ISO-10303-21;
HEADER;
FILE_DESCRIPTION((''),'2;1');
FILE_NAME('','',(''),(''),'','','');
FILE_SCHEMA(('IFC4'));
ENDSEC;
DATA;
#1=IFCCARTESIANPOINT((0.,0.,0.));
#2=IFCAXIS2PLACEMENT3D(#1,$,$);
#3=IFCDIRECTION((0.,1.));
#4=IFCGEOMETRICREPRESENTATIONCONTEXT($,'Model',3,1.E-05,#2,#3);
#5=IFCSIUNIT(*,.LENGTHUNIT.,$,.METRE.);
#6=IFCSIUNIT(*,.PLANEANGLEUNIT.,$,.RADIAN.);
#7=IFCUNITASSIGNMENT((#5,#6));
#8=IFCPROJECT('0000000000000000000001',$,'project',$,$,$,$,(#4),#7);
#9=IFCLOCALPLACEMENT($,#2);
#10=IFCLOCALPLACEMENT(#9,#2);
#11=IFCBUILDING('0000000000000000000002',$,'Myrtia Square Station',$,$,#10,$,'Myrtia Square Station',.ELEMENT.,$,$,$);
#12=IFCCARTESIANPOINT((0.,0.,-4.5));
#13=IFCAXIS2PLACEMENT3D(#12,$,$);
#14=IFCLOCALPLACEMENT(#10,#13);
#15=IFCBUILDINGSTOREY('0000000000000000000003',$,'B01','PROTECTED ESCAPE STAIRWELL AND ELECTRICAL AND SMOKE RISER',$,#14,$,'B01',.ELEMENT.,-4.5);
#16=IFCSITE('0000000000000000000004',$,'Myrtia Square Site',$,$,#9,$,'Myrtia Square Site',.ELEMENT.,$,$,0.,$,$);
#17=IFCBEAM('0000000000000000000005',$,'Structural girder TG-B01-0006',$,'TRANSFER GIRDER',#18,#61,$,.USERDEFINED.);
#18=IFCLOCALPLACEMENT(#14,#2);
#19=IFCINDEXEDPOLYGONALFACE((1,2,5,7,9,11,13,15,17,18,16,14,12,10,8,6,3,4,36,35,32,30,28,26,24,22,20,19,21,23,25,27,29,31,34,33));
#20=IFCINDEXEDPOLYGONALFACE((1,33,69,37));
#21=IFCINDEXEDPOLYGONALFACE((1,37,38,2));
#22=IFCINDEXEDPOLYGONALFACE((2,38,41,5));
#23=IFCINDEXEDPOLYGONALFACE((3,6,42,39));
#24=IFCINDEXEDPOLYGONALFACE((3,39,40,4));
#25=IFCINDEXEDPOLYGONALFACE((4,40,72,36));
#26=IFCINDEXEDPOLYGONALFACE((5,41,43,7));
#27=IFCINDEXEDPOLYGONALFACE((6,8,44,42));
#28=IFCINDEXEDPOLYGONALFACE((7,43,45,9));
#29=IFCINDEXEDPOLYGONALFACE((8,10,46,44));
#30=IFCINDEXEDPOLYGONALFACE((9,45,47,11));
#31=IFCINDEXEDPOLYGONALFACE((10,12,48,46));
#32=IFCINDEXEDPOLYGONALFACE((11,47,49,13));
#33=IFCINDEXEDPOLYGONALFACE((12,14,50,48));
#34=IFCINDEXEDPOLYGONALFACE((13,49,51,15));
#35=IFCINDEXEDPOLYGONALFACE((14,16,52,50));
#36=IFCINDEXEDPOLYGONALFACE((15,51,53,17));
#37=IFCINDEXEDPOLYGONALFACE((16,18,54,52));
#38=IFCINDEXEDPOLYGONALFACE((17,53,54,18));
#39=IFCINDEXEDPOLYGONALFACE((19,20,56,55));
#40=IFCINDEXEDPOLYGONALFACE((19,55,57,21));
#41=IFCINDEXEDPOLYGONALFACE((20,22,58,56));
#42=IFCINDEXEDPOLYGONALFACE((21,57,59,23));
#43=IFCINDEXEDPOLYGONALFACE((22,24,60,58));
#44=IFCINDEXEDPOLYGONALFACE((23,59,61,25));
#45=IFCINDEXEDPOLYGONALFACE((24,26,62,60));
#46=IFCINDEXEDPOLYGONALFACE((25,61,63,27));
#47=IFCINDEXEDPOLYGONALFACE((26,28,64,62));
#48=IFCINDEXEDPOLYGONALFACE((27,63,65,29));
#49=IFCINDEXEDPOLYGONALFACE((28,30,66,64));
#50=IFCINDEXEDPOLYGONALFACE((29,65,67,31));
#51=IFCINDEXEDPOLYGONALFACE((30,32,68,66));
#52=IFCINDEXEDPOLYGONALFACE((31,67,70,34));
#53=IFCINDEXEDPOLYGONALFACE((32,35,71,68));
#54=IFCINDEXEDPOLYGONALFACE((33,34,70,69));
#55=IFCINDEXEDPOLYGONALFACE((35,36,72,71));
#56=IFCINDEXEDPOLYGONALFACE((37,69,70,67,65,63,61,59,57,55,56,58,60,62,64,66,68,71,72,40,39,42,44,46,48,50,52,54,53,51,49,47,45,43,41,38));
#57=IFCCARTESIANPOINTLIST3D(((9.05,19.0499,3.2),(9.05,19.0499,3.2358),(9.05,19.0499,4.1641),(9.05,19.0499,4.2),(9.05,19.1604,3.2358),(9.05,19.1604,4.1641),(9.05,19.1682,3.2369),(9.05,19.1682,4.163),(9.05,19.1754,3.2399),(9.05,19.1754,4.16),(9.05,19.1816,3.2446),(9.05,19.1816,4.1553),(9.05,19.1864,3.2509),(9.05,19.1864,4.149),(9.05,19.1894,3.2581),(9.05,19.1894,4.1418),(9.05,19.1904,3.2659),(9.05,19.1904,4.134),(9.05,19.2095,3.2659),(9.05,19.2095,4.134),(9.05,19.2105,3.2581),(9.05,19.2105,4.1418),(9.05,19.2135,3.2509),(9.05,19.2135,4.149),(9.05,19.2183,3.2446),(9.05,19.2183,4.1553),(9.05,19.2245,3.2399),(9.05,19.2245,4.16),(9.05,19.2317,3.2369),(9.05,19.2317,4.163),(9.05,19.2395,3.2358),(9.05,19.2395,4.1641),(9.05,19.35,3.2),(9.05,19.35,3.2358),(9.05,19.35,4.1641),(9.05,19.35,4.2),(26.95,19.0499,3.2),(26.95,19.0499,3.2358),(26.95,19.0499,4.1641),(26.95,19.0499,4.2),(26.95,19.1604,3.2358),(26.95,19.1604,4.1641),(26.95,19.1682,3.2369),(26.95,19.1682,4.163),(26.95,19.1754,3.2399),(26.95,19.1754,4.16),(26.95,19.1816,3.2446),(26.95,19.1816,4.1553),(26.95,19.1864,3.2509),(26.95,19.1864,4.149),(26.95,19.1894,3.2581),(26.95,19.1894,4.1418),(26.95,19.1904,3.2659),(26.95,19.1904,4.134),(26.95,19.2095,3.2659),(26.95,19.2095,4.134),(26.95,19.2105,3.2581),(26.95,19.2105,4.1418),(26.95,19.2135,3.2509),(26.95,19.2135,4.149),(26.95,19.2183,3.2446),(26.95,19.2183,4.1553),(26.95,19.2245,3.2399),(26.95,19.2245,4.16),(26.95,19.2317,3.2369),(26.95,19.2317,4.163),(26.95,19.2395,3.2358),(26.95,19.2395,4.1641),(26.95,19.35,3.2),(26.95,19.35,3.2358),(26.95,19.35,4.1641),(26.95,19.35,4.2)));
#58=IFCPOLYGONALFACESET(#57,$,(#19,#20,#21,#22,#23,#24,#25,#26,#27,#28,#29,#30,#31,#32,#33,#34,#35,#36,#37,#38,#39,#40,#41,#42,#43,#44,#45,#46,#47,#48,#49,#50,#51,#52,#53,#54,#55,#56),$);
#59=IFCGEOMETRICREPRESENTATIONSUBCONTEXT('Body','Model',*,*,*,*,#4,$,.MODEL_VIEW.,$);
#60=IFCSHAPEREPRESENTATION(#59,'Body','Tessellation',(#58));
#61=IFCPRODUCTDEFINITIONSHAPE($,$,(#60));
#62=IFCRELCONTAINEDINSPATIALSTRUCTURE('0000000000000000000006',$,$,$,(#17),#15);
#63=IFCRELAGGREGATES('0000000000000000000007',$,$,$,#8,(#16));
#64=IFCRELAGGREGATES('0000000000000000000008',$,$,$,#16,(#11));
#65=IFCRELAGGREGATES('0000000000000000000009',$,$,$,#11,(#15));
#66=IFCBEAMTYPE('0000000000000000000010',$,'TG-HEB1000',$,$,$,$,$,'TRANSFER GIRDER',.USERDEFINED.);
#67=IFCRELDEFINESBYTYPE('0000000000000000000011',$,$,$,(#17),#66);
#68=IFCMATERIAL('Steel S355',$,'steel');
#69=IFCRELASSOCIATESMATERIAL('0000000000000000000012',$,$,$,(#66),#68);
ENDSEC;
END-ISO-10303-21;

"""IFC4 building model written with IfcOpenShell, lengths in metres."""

from ifc_helpers import new_model, si_unit, direction, frame, origin, origin_2d, place, context, subcontext, project, spatial, i_section, extrude, material, material_profile, profile_set, type_object, element, save


model = new_model("IFC4")

# Units and contexts
model_context = context("Model", 3, precision=1e-05, world=origin(), true_north=direction((0.0, 1.0)))
body_context = subcontext(model_context, "Body", "Model", "MODEL_VIEW")
ifc_project = project(units=[si_unit("LENGTHUNIT", "METRE"), si_unit("PLANEANGLEUNIT", "RADIAN")], contexts=[model_context])

# Site, building, storey
site_placement = place(None, origin())
site = spatial("IfcSite", under=ifc_project, at=site_placement, Name="Myrtia Square Site", LongName="Myrtia Square Site", CompositionType="ELEMENT", RefElevation=0.0)
building_placement = place(site_placement, origin())
building = spatial("IfcBuilding", under=site, at=building_placement, Name="Myrtia Square Station", LongName="Myrtia Square Station", CompositionType="ELEMENT")
storey_placement = place(building_placement, frame((0.0, 0.0, -4.5)))
storey = spatial("IfcBuildingStorey", under=building, at=storey_placement, Name="B01", Description="PROTECTED ESCAPE STAIRWELL AND ELECTRICAL AND SMOKE RISER", LongName="B01", CompositionType="ELEMENT", Elevation=-4.5)

# Beam
ifc_material_1 = material(Name="Steel S355", Category="steel")
ifc_material_profile_1 = material_profile(ifc_material_1, i_section(OverallWidth=0.3, OverallDepth=1.0, WebThickness=0.019, FlangeThickness=0.0359, FilletRadius=0.03, at=origin_2d()), Name="HEB 1000")
ifc_profile_set_1 = profile_set([ifc_material_profile_1], Name="Steel S355")
beam_type_1 = type_object("IfcBeamType", Name="TG-HEB1000", ElementType="TRANSFER GIRDER", PredefinedType="USERDEFINED", material=ifc_profile_set_1)
for number, where, z_axis, x_axis, name in (
    (1, (9.05, 19.2, 3.7), (1.0, 0.0, 0.0), (0.0, 1.0, 0.0), "Structural girder TG-B01-0006"),
):
    element("IfcBeam", number, at=place(storey_placement, frame(where, z_axis=z_axis, x_axis=x_axis)), inside=storey, type_object=beam_type_1, Name=name, ObjectType="TRANSFER GIRDER", PredefinedType="USERDEFINED", context=body_context, shape_type="SweptSolid", body=[
        extrude(i_section(OverallWidth=0.3, OverallDepth=1.0, WebThickness=0.019, FlangeThickness=0.0359, FilletRadius=0.03, at=origin_2d()), origin(), (0.0, 0.0, 1.0), 17.8999),
    ])

save(model, "model.ifc")
